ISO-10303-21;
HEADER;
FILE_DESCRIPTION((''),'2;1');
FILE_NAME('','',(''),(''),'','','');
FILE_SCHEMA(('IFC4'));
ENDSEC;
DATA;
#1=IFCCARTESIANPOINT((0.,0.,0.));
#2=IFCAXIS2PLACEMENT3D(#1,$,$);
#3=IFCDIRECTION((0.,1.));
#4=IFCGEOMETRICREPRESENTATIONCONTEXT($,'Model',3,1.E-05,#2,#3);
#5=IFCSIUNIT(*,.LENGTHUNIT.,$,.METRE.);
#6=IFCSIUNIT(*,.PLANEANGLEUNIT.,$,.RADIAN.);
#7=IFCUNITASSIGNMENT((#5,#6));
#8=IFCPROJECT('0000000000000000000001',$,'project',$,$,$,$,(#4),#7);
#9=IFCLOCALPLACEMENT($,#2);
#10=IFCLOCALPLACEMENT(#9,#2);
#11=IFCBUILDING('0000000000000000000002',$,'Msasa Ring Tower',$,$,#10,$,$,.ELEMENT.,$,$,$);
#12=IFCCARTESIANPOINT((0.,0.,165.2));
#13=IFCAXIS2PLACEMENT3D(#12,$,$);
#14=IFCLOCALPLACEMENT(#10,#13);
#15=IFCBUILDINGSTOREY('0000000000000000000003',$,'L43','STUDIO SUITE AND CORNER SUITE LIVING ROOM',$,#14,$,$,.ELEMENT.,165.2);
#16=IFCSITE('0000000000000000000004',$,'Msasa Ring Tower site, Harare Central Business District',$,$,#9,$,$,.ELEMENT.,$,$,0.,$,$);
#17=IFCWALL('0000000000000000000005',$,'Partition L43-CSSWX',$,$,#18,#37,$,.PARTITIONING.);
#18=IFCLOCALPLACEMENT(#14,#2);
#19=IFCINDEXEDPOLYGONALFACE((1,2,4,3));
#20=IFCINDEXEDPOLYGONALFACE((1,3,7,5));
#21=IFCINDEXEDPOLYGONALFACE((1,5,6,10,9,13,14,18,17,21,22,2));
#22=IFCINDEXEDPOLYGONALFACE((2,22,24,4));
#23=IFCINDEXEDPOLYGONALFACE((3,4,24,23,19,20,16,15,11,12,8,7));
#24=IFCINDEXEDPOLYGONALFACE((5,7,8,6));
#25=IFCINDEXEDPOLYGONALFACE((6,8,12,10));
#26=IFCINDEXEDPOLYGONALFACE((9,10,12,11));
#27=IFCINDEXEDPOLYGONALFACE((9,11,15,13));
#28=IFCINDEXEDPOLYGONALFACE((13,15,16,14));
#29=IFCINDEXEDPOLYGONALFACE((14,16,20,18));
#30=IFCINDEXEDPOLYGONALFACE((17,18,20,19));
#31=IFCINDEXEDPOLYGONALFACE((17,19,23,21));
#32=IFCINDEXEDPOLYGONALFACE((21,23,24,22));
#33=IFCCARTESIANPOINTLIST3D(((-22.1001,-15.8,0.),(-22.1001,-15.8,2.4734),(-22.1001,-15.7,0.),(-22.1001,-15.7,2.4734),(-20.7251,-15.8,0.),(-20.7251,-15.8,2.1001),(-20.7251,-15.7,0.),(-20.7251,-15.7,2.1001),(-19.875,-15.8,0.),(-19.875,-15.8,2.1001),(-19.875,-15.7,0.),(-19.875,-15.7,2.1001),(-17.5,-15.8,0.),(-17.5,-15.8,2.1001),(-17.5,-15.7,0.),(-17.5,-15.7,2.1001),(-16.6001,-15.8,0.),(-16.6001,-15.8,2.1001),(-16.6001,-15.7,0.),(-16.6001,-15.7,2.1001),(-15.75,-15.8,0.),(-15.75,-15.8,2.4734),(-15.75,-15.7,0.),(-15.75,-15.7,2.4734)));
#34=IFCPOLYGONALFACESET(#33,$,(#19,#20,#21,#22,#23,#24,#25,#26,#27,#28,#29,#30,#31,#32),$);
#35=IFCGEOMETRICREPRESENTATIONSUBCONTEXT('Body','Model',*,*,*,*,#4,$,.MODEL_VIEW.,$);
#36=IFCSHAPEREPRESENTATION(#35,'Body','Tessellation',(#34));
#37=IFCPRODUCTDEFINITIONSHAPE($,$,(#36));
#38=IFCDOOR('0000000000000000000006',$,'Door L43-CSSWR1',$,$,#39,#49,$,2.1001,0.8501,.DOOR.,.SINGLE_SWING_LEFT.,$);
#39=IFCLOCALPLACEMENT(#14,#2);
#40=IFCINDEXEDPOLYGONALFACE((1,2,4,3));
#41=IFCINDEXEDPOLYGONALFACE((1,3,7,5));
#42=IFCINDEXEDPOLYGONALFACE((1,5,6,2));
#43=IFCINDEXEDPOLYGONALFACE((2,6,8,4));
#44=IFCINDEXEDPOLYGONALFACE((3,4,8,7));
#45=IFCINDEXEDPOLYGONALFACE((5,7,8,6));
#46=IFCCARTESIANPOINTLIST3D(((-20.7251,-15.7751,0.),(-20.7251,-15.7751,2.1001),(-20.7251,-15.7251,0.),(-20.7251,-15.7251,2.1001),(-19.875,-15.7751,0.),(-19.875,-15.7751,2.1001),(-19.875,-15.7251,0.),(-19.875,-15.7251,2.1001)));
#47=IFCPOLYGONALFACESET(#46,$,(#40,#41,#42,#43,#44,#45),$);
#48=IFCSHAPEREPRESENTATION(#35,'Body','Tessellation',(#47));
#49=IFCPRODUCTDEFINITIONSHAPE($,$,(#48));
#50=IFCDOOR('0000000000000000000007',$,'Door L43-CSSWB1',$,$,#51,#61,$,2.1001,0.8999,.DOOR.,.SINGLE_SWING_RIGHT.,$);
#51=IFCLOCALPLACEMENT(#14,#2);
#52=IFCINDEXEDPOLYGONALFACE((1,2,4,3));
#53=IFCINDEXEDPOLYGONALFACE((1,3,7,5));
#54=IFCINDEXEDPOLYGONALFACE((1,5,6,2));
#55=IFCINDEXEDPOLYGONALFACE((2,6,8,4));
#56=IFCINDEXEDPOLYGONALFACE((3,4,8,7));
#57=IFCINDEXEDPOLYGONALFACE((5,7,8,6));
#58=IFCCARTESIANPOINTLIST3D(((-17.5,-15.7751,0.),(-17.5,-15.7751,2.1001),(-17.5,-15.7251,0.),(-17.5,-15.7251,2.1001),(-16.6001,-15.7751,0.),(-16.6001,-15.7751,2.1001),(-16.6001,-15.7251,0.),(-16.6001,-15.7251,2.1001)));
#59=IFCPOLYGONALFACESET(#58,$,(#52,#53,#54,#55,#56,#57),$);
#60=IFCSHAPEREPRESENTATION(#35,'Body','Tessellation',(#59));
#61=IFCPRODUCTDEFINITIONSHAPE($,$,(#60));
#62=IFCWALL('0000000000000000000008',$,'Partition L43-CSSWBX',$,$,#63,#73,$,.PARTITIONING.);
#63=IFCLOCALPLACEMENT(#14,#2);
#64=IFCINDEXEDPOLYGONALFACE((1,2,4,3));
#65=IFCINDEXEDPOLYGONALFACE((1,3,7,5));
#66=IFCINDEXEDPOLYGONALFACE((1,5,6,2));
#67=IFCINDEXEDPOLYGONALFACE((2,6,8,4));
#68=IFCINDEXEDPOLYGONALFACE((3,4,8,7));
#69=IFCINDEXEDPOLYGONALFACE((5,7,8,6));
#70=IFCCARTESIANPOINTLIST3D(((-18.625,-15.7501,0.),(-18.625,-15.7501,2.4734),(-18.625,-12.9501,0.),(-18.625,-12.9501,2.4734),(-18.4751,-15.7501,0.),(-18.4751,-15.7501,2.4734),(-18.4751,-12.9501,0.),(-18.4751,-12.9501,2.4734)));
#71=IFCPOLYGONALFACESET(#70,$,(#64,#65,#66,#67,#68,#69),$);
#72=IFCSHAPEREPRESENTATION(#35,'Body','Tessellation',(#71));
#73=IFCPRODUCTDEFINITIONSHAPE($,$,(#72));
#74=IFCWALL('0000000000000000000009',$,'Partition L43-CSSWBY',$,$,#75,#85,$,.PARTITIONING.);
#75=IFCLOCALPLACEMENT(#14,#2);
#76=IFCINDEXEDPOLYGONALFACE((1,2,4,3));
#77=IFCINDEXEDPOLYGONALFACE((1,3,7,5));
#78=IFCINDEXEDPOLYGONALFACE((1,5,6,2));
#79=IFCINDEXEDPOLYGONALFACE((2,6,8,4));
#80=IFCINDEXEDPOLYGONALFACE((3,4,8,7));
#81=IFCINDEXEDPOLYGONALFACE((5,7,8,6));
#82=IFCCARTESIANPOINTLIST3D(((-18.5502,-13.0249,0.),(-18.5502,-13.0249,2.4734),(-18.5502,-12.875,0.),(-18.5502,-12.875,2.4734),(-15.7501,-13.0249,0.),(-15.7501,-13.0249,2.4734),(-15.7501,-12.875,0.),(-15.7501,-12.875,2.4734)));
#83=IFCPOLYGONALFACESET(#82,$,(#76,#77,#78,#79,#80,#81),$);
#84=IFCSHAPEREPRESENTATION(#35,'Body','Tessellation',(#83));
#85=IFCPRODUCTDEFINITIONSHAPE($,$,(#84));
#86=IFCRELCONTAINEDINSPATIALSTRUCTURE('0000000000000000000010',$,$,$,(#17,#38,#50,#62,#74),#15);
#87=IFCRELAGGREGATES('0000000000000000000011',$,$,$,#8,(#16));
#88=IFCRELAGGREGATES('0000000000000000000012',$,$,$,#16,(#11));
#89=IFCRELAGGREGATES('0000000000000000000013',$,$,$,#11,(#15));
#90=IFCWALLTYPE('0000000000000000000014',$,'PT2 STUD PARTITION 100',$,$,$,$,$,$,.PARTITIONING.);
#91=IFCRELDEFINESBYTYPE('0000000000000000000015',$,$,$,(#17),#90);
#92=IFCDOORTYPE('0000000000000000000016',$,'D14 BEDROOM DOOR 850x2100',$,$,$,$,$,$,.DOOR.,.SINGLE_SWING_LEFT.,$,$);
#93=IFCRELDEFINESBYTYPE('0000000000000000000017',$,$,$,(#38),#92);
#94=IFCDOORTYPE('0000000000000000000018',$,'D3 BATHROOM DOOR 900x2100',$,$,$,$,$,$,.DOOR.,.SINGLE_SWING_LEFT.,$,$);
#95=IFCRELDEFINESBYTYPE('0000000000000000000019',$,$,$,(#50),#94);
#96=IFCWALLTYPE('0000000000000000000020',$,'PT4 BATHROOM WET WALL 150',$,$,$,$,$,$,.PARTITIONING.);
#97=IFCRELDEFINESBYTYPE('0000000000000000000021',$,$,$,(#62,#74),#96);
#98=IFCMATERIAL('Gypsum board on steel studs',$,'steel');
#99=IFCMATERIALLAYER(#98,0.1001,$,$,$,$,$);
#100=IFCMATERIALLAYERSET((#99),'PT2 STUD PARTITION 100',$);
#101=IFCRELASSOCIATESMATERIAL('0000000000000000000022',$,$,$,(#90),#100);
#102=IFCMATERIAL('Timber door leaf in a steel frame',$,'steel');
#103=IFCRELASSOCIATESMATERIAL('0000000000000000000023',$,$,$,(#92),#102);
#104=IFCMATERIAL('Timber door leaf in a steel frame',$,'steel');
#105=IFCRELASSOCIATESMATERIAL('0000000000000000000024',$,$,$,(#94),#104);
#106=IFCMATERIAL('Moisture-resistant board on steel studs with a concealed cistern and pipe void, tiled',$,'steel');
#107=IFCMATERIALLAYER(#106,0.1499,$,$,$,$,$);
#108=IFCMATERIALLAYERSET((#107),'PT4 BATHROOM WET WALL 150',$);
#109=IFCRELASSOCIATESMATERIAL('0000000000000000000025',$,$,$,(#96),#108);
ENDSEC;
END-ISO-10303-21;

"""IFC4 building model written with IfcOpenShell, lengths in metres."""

from ifc_helpers import new_model, si_unit, direction, frame, frame_2d, origin, place, context, subcontext, project, spatial, rectangle, extrude, material, layer, layer_set, type_object, element, fill, save


model = new_model("IFC4")

# Units and contexts
model_context = context("Model", 3, precision=1e-05, world=origin(), true_north=direction((0.0, 1.0)))
body_context = subcontext(model_context, "Body", "Model", "MODEL_VIEW")
ifc_project = project(units=[si_unit("LENGTHUNIT", "METRE"), si_unit("PLANEANGLEUNIT", "RADIAN")], contexts=[model_context])

# Site, building, storey
site_placement = place(None, origin())
site = spatial("IfcSite", under=ifc_project, at=site_placement, Name="Msasa Ring Tower site, Harare Central Business District", CompositionType="ELEMENT", RefElevation=0.0)
building_placement = place(site_placement, origin())
building = spatial("IfcBuilding", under=site, at=building_placement, Name="Msasa Ring Tower", CompositionType="ELEMENT")
storey_placement = place(building_placement, frame((0.0, 0.0, 165.2)))
storey = spatial("IfcBuildingStorey", under=building, at=storey_placement, Name="L43", Description="STUDIO SUITE AND CORNER SUITE LIVING ROOM", CompositionType="ELEMENT", Elevation=165.2)

# Wall, openings, doors
ifc_material_1 = material(Name="Gypsum board on steel studs", Category="steel")
ifc_layer_1 = layer(ifc_material_1, 0.1001)
ifc_layer_set_1 = layer_set([ifc_layer_1], Name="PT2 STUD PARTITION 100")
wall_type_1 = type_object("IfcWallType", Name="PT2 STUD PARTITION 100", PredefinedType="PARTITIONING", material=ifc_layer_set_1)
wall_1_placement = place(storey_placement, frame((-22.1001, -15.75, 0.0), z_axis=(0.0, 0.0, 1.0), x_axis=(1.0, 0.0, 0.0)))
wall_1 = element("IfcWall", 1, at=wall_1_placement, inside=storey, type_object=wall_type_1, Name="Partition L43-CSSWX", PredefinedType="PARTITIONING", context=body_context, shape_type="SweptSolid", body=[
    extrude(rectangle(XDim=6.3501, YDim=0.1001, at=frame_2d((3.175, 0.0))), origin(), (0.0, 0.0, 1.0), 2.4734),
])
opening_1_placement = place(wall_1_placement, frame((1.375, 0.0, 0.0)))
opening_1 = element("IfcOpeningElement", 2, at=opening_1_placement, cuts=wall_1, PredefinedType="OPENING", context=body_context, shape_type="SweptSolid", body=[
    extrude(rectangle(XDim=0.8501, YDim=2.1001, at=frame_2d((0.425, 1.05))), frame((0.0, 0.0601, 0.0), z_axis=(0.0, -1.0, 0.0), x_axis=(1.0, 0.0, 0.0)), (0.0, 0.0, 1.0), 0.1201),
])
opening_2_placement = place(wall_1_placement, frame((4.6001, 0.0, 0.0)))
opening_2 = element("IfcOpeningElement", 3, at=opening_2_placement, cuts=wall_1, PredefinedType="OPENING", context=body_context, shape_type="SweptSolid", body=[
    extrude(rectangle(XDim=0.8999, YDim=2.1001, at=frame_2d((0.45, 1.05))), frame((0.0, 0.0601, 0.0), z_axis=(0.0, -1.0, 0.0), x_axis=(1.0, 0.0, 0.0)), (0.0, 0.0, 1.0), 0.1201),
])
ifc_material_2 = material(Name="Timber door leaf in a steel frame", Category="steel")
door_type_1 = type_object("IfcDoorType", Name="D14 BEDROOM DOOR 850x2100", OperationType="SINGLE_SWING_LEFT", PredefinedType="DOOR", material=ifc_material_2)
door_1_placement = place(opening_1_placement, origin())
door_1 = element("IfcDoor", 4, at=door_1_placement, inside=storey, type_object=door_type_1, Name="Door L43-CSSWR1", OperationType="SINGLE_SWING_LEFT", OverallHeight=2.1001, OverallWidth=0.8501, PredefinedType="DOOR", context=body_context, shape_type="SweptSolid", body=[
    extrude(rectangle(XDim=0.8501, YDim=2.1001, at=frame_2d((0.425, 1.05))), frame((0.0, 0.0249, 0.0), z_axis=(0.0, -1.0, 0.0), x_axis=(1.0, 0.0, 0.0)), (0.0, 0.0, 1.0), 0.05),
])
fill(opening_1, door_1)
ifc_material_3 = material(Name="Timber door leaf in a steel frame", Category="steel")
door_type_2 = type_object("IfcDoorType", Name="D3 BATHROOM DOOR 900x2100", OperationType="SINGLE_SWING_LEFT", PredefinedType="DOOR", material=ifc_material_3)
door_2_placement = place(opening_2_placement, origin())
door_2 = element("IfcDoor", 5, at=door_2_placement, inside=storey, type_object=door_type_2, Name="Door L43-CSSWB1", OperationType="SINGLE_SWING_RIGHT", OverallHeight=2.1001, OverallWidth=0.8999, PredefinedType="DOOR", context=body_context, shape_type="SweptSolid", body=[
    extrude(rectangle(XDim=0.8999, YDim=2.1001, at=frame_2d((0.45, 1.05))), frame((0.0, 0.0249, 0.0), z_axis=(0.0, -1.0, 0.0), x_axis=(1.0, 0.0, 0.0)), (0.0, 0.0, 1.0), 0.05),
])
fill(opening_2, door_2)

# Walls
ifc_material_4 = material(Name="Moisture-resistant board on steel studs with a concealed cistern and pipe void, tiled", Category="steel")
ifc_layer_2 = layer(ifc_material_4, 0.1499)
ifc_layer_set_2 = layer_set([ifc_layer_2], Name="PT4 BATHROOM WET WALL 150")
wall_type_2 = type_object("IfcWallType", Name="PT4 BATHROOM WET WALL 150", PredefinedType="PARTITIONING", material=ifc_layer_set_2)
for number, where, z_axis, x_axis, name in (
    (6, (-18.55, -15.75, 0.0), (0.0, 0.0, 1.0), (0.0, 1.0, 0.0), "Partition L43-CSSWBX"),
    (7, (-18.55, -12.95, 0.0), (0.0, 0.0, 1.0), (1.0, 0.0, 0.0), "Partition L43-CSSWBY"),
):
    element("IfcWall", number, at=place(storey_placement, frame(where, z_axis=z_axis, x_axis=x_axis)), inside=storey, type_object=wall_type_2, Name=name, PredefinedType="PARTITIONING", context=body_context, shape_type="SweptSolid", body=[
        extrude(rectangle(XDim=2.8, YDim=0.1499, at=frame_2d((1.3999, 0.0))), origin(), (0.0, 0.0, 1.0), 2.4734),
    ])

save(model, "model.ifc")
